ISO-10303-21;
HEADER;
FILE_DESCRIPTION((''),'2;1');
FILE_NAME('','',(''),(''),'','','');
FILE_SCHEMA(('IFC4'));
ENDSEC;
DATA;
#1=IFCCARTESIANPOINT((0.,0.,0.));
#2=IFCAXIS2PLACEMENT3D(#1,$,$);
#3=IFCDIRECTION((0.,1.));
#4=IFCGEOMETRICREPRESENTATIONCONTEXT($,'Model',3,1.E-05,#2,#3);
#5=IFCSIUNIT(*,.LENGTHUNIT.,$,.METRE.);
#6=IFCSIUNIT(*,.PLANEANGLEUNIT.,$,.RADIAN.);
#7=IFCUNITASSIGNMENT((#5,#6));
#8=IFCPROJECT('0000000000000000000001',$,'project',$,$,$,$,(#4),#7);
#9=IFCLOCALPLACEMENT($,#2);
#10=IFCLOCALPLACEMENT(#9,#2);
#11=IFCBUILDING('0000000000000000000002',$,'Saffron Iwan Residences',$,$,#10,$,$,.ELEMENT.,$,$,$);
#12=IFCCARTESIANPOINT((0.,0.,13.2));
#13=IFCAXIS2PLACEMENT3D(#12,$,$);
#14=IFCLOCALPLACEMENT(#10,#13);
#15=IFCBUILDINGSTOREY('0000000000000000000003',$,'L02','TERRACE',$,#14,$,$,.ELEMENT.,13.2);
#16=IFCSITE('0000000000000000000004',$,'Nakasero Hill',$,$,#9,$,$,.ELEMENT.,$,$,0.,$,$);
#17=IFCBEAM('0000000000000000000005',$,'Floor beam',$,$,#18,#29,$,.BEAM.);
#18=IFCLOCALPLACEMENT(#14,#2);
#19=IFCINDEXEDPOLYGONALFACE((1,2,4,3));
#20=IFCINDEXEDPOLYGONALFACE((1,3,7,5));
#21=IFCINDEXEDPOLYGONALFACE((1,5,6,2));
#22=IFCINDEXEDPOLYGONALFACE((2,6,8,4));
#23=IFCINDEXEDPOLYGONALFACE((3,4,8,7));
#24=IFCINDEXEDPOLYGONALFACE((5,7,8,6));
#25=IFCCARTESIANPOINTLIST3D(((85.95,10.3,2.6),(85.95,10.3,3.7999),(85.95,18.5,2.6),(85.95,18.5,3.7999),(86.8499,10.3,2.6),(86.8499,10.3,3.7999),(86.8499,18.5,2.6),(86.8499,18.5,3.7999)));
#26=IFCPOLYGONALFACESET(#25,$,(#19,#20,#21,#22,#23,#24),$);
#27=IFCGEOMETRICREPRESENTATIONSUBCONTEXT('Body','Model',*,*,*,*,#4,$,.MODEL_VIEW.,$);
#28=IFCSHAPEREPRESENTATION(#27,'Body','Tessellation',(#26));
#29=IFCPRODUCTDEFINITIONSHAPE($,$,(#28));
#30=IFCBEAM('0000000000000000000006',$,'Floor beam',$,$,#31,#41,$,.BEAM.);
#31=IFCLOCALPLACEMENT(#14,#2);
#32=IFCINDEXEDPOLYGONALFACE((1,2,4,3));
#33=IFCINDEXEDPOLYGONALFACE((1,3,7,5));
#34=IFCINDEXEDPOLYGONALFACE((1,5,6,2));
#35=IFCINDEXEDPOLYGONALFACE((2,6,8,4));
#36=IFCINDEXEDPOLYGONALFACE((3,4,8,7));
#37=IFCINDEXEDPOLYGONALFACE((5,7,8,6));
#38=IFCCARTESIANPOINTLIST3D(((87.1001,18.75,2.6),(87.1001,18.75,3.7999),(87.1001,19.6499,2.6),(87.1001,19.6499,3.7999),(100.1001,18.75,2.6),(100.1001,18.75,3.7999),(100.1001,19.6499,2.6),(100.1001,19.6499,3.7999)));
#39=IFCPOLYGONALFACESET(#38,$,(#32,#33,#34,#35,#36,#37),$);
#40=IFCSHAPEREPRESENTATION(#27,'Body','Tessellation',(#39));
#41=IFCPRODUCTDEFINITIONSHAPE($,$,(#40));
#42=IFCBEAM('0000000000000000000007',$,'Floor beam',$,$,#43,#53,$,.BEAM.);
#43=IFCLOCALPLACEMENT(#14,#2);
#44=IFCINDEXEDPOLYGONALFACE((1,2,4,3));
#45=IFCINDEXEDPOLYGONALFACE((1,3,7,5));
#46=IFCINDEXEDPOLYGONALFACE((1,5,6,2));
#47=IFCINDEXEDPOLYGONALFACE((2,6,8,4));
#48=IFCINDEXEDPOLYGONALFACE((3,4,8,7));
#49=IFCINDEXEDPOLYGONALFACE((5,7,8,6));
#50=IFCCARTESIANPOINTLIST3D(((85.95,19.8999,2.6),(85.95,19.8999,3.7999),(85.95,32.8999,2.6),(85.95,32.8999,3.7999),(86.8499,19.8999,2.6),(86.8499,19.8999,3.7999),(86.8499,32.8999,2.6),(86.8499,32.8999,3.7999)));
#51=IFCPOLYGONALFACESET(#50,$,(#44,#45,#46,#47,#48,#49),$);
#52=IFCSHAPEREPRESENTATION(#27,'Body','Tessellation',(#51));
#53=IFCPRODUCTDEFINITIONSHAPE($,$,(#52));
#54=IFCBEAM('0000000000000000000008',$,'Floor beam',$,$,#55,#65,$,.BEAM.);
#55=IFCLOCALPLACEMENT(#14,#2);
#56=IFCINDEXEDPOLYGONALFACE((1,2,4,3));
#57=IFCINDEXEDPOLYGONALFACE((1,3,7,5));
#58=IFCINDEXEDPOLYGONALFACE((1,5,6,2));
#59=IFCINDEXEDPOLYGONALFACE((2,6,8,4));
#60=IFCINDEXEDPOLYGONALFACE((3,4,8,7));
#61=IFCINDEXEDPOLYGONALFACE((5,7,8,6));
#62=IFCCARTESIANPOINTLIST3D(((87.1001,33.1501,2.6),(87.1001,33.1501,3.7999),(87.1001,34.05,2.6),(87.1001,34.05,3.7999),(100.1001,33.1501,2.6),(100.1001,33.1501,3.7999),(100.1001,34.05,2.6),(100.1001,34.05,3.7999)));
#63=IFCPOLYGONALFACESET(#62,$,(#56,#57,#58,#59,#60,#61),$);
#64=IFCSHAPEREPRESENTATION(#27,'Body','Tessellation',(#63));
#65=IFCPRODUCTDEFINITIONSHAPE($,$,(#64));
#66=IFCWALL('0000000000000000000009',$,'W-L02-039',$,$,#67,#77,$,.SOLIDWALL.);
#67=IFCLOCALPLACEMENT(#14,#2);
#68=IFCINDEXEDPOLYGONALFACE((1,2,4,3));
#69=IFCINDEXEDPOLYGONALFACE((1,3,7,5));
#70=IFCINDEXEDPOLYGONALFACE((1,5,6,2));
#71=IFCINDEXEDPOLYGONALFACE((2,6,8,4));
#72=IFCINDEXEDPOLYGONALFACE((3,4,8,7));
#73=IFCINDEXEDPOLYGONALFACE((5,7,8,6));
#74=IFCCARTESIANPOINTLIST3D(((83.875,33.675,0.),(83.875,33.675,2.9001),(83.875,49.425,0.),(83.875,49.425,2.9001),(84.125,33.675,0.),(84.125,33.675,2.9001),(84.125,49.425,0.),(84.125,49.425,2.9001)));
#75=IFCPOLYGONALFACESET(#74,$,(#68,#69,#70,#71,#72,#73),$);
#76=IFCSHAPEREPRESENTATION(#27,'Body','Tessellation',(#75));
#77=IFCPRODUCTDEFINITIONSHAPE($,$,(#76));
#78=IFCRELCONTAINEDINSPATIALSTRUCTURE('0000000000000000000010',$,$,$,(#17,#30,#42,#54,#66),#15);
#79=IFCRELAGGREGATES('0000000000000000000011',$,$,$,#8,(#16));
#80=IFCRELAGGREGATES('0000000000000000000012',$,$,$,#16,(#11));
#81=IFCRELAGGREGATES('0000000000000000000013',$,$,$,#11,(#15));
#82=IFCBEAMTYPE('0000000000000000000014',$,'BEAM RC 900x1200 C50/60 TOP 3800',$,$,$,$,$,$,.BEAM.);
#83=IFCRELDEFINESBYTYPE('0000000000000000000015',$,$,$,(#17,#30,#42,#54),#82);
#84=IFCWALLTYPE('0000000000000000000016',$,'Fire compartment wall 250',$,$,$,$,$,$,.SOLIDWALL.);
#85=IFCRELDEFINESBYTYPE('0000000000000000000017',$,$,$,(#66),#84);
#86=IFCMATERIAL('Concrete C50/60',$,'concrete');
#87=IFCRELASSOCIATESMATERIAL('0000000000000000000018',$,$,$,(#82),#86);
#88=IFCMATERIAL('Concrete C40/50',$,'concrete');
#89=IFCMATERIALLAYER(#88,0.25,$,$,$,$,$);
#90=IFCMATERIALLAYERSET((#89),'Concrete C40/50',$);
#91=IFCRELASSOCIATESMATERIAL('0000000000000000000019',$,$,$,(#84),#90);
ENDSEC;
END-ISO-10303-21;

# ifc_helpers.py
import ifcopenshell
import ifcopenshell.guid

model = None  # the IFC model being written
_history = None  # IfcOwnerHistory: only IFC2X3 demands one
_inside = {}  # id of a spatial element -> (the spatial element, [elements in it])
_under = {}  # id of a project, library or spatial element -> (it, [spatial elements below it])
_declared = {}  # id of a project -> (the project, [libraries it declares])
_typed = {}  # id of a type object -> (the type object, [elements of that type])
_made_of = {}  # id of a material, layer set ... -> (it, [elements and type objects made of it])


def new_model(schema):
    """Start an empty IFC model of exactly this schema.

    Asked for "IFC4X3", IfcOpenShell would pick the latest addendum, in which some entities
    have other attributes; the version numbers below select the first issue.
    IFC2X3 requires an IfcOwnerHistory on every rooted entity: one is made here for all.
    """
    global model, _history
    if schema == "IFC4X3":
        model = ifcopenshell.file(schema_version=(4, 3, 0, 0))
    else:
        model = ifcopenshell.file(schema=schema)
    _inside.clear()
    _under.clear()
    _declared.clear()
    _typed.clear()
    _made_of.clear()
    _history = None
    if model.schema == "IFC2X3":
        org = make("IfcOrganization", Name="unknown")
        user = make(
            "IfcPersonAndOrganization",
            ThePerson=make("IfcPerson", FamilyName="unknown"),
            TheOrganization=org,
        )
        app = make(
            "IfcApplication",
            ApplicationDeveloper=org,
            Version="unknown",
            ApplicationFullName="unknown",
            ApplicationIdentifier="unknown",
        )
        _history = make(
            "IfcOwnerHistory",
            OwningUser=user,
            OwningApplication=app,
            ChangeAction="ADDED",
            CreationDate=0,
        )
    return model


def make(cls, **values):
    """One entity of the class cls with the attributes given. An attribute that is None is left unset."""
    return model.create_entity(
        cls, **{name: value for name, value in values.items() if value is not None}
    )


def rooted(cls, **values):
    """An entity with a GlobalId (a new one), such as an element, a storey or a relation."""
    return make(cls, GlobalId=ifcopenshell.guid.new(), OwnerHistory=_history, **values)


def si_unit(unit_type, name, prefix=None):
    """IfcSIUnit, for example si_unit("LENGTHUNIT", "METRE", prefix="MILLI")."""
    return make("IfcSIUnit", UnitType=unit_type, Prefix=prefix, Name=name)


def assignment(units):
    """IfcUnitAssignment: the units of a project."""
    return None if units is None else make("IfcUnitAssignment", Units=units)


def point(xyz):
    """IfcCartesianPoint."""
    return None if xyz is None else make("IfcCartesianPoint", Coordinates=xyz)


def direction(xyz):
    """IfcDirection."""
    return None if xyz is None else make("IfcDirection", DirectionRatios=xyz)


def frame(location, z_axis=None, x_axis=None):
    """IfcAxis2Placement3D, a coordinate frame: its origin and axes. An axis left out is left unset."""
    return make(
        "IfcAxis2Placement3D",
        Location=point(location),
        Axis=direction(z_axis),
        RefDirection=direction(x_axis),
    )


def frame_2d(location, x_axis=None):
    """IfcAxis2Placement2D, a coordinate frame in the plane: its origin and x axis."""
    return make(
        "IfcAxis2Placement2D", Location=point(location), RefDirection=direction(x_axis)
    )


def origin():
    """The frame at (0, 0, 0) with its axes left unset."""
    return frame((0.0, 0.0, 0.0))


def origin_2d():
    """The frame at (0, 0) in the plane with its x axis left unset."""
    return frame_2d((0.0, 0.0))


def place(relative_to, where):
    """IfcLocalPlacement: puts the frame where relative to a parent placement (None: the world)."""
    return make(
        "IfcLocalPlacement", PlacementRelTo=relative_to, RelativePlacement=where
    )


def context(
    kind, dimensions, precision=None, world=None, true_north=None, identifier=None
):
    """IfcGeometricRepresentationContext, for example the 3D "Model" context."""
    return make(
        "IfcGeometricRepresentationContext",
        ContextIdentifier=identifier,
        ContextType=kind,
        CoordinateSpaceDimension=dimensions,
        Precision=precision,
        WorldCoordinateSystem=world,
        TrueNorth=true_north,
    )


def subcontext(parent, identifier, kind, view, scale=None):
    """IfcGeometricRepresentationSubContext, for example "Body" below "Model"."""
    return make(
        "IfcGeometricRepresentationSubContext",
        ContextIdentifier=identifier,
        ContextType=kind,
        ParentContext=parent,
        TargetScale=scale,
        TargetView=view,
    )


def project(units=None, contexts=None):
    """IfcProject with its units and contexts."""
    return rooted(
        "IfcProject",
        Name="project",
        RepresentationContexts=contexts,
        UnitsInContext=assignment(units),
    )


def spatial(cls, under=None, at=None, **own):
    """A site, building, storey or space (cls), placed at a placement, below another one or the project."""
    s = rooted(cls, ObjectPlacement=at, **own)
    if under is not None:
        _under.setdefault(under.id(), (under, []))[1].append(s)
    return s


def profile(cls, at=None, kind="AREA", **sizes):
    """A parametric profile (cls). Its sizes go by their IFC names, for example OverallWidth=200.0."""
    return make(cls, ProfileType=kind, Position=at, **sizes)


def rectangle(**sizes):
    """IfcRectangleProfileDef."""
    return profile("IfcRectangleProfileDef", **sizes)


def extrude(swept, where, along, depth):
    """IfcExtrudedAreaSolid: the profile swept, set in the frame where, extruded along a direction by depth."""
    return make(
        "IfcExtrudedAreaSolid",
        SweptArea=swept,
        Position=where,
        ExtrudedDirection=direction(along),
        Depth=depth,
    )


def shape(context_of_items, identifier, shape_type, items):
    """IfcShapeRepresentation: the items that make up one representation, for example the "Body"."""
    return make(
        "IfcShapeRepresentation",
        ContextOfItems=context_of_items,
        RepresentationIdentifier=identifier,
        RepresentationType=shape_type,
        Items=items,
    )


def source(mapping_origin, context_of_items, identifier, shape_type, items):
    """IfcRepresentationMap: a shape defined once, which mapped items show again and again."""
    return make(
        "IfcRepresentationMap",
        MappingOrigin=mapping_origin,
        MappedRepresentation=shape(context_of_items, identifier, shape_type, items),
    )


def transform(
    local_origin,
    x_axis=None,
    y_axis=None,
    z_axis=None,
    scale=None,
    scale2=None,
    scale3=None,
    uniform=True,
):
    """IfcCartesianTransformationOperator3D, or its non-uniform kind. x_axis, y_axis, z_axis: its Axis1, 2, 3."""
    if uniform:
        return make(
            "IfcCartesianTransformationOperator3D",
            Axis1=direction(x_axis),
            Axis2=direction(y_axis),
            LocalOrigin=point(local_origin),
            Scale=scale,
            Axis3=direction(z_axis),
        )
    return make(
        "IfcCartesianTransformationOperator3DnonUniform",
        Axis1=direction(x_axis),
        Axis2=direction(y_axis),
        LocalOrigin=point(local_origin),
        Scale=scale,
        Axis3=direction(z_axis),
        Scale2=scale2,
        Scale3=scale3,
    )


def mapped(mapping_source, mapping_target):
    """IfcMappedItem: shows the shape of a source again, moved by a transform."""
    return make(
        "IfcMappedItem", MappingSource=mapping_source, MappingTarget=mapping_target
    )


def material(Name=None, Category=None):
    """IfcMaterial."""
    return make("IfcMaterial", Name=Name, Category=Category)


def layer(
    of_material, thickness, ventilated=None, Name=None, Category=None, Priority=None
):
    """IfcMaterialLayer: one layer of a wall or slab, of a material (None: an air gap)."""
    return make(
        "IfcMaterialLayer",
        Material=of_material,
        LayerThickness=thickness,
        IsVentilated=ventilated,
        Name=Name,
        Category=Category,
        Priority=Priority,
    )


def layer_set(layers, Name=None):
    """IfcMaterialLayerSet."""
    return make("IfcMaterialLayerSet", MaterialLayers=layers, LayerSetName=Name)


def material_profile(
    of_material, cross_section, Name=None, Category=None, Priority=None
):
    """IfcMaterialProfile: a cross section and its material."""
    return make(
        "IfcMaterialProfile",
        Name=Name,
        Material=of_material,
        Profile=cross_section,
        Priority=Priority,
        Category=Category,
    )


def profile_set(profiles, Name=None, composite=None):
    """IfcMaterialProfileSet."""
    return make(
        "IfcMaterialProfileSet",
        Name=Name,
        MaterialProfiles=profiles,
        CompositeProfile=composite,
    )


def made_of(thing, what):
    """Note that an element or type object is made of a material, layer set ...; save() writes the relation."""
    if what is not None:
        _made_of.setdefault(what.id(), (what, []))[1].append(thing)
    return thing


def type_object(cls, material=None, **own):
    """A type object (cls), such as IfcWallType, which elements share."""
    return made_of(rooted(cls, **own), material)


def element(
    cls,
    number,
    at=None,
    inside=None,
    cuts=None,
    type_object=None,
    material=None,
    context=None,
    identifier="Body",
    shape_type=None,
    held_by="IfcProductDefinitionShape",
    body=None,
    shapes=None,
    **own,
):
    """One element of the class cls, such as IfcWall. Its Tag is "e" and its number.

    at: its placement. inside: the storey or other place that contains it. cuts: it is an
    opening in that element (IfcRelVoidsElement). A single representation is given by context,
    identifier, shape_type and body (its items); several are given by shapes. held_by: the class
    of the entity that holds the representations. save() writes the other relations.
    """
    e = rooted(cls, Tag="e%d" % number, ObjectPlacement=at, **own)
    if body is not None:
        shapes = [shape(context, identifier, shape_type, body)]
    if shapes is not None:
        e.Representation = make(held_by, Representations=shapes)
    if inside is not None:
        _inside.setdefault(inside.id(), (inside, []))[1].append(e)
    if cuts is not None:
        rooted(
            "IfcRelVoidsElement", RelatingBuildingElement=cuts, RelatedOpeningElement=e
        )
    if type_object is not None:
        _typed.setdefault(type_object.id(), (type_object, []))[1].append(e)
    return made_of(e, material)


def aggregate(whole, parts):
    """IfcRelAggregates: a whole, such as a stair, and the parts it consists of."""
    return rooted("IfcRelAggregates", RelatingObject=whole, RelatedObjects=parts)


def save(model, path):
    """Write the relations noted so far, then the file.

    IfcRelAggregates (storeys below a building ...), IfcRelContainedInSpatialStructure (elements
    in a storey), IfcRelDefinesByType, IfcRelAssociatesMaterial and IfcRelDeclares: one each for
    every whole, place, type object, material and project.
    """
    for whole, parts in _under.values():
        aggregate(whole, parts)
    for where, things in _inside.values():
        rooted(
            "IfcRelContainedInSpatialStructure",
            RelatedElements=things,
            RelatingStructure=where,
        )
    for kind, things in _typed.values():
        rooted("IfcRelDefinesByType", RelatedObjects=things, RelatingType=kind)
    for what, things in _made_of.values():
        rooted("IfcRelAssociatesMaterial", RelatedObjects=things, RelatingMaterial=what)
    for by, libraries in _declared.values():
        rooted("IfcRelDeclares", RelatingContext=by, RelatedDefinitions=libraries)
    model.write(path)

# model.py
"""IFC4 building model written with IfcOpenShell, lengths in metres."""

from ifc_helpers import new_model, si_unit, direction, frame, frame_2d, origin, origin_2d, place, context, subcontext, project, spatial, rectangle, extrude, source, transform, mapped, material, layer, layer_set, material_profile, profile_set, type_object, element, save


model = new_model("IFC4")

# Units and contexts
model_context = context("Model", 3, precision=1e-05, world=origin(), true_north=direction((0.0, 1.0)))
body_context = subcontext(model_context, "Body", "Model", "MODEL_VIEW")
ifc_project = project(units=[si_unit("LENGTHUNIT", "METRE"), si_unit("PLANEANGLEUNIT", "RADIAN")], contexts=[model_context])

# Site, building, storey
site_placement = place(None, origin())
site = spatial("IfcSite", under=ifc_project, at=site_placement, Name="Nakasero Hill", CompositionType="ELEMENT", RefElevation=0.0)
building_placement = place(site_placement, origin())
building = spatial("IfcBuilding", under=site, at=building_placement, Name="Saffron Iwan Residences", CompositionType="ELEMENT")
storey_placement = place(building_placement, frame((0.0, 0.0, 13.2)))
storey = spatial("IfcBuildingStorey", under=building, at=storey_placement, Name="L02", Description="TERRACE", CompositionType="ELEMENT", Elevation=13.2)

# Shared definitions
ifc_material_1 = material(Name="Concrete C50/60", Category="concrete")

# Beams
ifc_material_profile_1 = material_profile(ifc_material_1, rectangle(XDim=0.8999, YDim=1.2, at=origin_2d()), Name="RC 900x1200")
ifc_profile_set_1 = profile_set([ifc_material_profile_1], Name="Concrete C50/60")
beam_type_1 = type_object("IfcBeamType", Name="BEAM RC 900x1200 C50/60 TOP 3800", PredefinedType="BEAM", material=ifc_profile_set_1)
shared_shape_1 = source(origin(), body_context, "Body", "SweptSolid", [
    extrude(rectangle(XDim=0.8999, YDim=1.2, at=origin_2d()), origin(), (0.0, 0.0, 1.0), 8.2),
])
beam_1_placement = place(storey_placement, frame((86.3999, 10.3, 3.2), z_axis=(0.0, 1.0, 0.0), x_axis=(-1.0, 0.0, 0.0)))
element("IfcBeam", 1, at=beam_1_placement, inside=storey, type_object=beam_type_1, Name="Floor beam", PredefinedType="BEAM", context=body_context, shape_type="MappedRepresentation", body=[
    mapped(shared_shape_1, transform((0.0, 0.0, 0.0))),
])
shared_shape_2 = source(origin(), body_context, "Body", "SweptSolid", [
    extrude(rectangle(XDim=0.8999, YDim=1.2, at=origin_2d()), origin(), (0.0, 0.0, 1.0), 13.0),
])
for number, where, z_axis, x_axis, name in (
    (2, (87.1001, 19.2, 3.2), (1.0, 0.0, 0.0), (0.0, 1.0, 0.0), "Floor beam"),
    (3, (86.3999, 19.8999, 3.2), (0.0, 1.0, 0.0), (-1.0, 0.0, 0.0), "Floor beam"),
    (4, (87.1001, 33.6001, 3.2), (1.0, 0.0, 0.0), (0.0, 1.0, 0.0), "Floor beam"),
):
    element("IfcBeam", number, at=place(storey_placement, frame(where, z_axis=z_axis, x_axis=x_axis)), inside=storey, type_object=beam_type_1, Name=name, PredefinedType="BEAM", context=body_context, shape_type="MappedRepresentation", body=[
        mapped(shared_shape_2, transform((0.0, 0.0, 0.0))),
    ])

# Wall
ifc_material_2 = material(Name="Concrete C40/50", Category="concrete")
ifc_layer_1 = layer(ifc_material_2, 0.25)
ifc_layer_set_1 = layer_set([ifc_layer_1], Name="Concrete C40/50")
wall_type_1 = type_object("IfcWallType", Name="Fire compartment wall 250", PredefinedType="SOLIDWALL", material=ifc_layer_set_1)
wall_1_placement = place(storey_placement, frame((84.0, 33.675, 0.0), z_axis=(0.0, 0.0, 1.0), x_axis=(0.0, 1.0, 0.0)))
element("IfcWall", 5, at=wall_1_placement, inside=storey, type_object=wall_type_1, Name="W-L02-039", PredefinedType="SOLIDWALL", context=body_context, shape_type="SweptSolid", body=[
    extrude(rectangle(XDim=15.75, YDim=0.25, at=frame_2d((7.875, 0.0))), origin(), (0.0, 0.0, 1.0), 2.9001),
])

save(model, "model.ifc")
